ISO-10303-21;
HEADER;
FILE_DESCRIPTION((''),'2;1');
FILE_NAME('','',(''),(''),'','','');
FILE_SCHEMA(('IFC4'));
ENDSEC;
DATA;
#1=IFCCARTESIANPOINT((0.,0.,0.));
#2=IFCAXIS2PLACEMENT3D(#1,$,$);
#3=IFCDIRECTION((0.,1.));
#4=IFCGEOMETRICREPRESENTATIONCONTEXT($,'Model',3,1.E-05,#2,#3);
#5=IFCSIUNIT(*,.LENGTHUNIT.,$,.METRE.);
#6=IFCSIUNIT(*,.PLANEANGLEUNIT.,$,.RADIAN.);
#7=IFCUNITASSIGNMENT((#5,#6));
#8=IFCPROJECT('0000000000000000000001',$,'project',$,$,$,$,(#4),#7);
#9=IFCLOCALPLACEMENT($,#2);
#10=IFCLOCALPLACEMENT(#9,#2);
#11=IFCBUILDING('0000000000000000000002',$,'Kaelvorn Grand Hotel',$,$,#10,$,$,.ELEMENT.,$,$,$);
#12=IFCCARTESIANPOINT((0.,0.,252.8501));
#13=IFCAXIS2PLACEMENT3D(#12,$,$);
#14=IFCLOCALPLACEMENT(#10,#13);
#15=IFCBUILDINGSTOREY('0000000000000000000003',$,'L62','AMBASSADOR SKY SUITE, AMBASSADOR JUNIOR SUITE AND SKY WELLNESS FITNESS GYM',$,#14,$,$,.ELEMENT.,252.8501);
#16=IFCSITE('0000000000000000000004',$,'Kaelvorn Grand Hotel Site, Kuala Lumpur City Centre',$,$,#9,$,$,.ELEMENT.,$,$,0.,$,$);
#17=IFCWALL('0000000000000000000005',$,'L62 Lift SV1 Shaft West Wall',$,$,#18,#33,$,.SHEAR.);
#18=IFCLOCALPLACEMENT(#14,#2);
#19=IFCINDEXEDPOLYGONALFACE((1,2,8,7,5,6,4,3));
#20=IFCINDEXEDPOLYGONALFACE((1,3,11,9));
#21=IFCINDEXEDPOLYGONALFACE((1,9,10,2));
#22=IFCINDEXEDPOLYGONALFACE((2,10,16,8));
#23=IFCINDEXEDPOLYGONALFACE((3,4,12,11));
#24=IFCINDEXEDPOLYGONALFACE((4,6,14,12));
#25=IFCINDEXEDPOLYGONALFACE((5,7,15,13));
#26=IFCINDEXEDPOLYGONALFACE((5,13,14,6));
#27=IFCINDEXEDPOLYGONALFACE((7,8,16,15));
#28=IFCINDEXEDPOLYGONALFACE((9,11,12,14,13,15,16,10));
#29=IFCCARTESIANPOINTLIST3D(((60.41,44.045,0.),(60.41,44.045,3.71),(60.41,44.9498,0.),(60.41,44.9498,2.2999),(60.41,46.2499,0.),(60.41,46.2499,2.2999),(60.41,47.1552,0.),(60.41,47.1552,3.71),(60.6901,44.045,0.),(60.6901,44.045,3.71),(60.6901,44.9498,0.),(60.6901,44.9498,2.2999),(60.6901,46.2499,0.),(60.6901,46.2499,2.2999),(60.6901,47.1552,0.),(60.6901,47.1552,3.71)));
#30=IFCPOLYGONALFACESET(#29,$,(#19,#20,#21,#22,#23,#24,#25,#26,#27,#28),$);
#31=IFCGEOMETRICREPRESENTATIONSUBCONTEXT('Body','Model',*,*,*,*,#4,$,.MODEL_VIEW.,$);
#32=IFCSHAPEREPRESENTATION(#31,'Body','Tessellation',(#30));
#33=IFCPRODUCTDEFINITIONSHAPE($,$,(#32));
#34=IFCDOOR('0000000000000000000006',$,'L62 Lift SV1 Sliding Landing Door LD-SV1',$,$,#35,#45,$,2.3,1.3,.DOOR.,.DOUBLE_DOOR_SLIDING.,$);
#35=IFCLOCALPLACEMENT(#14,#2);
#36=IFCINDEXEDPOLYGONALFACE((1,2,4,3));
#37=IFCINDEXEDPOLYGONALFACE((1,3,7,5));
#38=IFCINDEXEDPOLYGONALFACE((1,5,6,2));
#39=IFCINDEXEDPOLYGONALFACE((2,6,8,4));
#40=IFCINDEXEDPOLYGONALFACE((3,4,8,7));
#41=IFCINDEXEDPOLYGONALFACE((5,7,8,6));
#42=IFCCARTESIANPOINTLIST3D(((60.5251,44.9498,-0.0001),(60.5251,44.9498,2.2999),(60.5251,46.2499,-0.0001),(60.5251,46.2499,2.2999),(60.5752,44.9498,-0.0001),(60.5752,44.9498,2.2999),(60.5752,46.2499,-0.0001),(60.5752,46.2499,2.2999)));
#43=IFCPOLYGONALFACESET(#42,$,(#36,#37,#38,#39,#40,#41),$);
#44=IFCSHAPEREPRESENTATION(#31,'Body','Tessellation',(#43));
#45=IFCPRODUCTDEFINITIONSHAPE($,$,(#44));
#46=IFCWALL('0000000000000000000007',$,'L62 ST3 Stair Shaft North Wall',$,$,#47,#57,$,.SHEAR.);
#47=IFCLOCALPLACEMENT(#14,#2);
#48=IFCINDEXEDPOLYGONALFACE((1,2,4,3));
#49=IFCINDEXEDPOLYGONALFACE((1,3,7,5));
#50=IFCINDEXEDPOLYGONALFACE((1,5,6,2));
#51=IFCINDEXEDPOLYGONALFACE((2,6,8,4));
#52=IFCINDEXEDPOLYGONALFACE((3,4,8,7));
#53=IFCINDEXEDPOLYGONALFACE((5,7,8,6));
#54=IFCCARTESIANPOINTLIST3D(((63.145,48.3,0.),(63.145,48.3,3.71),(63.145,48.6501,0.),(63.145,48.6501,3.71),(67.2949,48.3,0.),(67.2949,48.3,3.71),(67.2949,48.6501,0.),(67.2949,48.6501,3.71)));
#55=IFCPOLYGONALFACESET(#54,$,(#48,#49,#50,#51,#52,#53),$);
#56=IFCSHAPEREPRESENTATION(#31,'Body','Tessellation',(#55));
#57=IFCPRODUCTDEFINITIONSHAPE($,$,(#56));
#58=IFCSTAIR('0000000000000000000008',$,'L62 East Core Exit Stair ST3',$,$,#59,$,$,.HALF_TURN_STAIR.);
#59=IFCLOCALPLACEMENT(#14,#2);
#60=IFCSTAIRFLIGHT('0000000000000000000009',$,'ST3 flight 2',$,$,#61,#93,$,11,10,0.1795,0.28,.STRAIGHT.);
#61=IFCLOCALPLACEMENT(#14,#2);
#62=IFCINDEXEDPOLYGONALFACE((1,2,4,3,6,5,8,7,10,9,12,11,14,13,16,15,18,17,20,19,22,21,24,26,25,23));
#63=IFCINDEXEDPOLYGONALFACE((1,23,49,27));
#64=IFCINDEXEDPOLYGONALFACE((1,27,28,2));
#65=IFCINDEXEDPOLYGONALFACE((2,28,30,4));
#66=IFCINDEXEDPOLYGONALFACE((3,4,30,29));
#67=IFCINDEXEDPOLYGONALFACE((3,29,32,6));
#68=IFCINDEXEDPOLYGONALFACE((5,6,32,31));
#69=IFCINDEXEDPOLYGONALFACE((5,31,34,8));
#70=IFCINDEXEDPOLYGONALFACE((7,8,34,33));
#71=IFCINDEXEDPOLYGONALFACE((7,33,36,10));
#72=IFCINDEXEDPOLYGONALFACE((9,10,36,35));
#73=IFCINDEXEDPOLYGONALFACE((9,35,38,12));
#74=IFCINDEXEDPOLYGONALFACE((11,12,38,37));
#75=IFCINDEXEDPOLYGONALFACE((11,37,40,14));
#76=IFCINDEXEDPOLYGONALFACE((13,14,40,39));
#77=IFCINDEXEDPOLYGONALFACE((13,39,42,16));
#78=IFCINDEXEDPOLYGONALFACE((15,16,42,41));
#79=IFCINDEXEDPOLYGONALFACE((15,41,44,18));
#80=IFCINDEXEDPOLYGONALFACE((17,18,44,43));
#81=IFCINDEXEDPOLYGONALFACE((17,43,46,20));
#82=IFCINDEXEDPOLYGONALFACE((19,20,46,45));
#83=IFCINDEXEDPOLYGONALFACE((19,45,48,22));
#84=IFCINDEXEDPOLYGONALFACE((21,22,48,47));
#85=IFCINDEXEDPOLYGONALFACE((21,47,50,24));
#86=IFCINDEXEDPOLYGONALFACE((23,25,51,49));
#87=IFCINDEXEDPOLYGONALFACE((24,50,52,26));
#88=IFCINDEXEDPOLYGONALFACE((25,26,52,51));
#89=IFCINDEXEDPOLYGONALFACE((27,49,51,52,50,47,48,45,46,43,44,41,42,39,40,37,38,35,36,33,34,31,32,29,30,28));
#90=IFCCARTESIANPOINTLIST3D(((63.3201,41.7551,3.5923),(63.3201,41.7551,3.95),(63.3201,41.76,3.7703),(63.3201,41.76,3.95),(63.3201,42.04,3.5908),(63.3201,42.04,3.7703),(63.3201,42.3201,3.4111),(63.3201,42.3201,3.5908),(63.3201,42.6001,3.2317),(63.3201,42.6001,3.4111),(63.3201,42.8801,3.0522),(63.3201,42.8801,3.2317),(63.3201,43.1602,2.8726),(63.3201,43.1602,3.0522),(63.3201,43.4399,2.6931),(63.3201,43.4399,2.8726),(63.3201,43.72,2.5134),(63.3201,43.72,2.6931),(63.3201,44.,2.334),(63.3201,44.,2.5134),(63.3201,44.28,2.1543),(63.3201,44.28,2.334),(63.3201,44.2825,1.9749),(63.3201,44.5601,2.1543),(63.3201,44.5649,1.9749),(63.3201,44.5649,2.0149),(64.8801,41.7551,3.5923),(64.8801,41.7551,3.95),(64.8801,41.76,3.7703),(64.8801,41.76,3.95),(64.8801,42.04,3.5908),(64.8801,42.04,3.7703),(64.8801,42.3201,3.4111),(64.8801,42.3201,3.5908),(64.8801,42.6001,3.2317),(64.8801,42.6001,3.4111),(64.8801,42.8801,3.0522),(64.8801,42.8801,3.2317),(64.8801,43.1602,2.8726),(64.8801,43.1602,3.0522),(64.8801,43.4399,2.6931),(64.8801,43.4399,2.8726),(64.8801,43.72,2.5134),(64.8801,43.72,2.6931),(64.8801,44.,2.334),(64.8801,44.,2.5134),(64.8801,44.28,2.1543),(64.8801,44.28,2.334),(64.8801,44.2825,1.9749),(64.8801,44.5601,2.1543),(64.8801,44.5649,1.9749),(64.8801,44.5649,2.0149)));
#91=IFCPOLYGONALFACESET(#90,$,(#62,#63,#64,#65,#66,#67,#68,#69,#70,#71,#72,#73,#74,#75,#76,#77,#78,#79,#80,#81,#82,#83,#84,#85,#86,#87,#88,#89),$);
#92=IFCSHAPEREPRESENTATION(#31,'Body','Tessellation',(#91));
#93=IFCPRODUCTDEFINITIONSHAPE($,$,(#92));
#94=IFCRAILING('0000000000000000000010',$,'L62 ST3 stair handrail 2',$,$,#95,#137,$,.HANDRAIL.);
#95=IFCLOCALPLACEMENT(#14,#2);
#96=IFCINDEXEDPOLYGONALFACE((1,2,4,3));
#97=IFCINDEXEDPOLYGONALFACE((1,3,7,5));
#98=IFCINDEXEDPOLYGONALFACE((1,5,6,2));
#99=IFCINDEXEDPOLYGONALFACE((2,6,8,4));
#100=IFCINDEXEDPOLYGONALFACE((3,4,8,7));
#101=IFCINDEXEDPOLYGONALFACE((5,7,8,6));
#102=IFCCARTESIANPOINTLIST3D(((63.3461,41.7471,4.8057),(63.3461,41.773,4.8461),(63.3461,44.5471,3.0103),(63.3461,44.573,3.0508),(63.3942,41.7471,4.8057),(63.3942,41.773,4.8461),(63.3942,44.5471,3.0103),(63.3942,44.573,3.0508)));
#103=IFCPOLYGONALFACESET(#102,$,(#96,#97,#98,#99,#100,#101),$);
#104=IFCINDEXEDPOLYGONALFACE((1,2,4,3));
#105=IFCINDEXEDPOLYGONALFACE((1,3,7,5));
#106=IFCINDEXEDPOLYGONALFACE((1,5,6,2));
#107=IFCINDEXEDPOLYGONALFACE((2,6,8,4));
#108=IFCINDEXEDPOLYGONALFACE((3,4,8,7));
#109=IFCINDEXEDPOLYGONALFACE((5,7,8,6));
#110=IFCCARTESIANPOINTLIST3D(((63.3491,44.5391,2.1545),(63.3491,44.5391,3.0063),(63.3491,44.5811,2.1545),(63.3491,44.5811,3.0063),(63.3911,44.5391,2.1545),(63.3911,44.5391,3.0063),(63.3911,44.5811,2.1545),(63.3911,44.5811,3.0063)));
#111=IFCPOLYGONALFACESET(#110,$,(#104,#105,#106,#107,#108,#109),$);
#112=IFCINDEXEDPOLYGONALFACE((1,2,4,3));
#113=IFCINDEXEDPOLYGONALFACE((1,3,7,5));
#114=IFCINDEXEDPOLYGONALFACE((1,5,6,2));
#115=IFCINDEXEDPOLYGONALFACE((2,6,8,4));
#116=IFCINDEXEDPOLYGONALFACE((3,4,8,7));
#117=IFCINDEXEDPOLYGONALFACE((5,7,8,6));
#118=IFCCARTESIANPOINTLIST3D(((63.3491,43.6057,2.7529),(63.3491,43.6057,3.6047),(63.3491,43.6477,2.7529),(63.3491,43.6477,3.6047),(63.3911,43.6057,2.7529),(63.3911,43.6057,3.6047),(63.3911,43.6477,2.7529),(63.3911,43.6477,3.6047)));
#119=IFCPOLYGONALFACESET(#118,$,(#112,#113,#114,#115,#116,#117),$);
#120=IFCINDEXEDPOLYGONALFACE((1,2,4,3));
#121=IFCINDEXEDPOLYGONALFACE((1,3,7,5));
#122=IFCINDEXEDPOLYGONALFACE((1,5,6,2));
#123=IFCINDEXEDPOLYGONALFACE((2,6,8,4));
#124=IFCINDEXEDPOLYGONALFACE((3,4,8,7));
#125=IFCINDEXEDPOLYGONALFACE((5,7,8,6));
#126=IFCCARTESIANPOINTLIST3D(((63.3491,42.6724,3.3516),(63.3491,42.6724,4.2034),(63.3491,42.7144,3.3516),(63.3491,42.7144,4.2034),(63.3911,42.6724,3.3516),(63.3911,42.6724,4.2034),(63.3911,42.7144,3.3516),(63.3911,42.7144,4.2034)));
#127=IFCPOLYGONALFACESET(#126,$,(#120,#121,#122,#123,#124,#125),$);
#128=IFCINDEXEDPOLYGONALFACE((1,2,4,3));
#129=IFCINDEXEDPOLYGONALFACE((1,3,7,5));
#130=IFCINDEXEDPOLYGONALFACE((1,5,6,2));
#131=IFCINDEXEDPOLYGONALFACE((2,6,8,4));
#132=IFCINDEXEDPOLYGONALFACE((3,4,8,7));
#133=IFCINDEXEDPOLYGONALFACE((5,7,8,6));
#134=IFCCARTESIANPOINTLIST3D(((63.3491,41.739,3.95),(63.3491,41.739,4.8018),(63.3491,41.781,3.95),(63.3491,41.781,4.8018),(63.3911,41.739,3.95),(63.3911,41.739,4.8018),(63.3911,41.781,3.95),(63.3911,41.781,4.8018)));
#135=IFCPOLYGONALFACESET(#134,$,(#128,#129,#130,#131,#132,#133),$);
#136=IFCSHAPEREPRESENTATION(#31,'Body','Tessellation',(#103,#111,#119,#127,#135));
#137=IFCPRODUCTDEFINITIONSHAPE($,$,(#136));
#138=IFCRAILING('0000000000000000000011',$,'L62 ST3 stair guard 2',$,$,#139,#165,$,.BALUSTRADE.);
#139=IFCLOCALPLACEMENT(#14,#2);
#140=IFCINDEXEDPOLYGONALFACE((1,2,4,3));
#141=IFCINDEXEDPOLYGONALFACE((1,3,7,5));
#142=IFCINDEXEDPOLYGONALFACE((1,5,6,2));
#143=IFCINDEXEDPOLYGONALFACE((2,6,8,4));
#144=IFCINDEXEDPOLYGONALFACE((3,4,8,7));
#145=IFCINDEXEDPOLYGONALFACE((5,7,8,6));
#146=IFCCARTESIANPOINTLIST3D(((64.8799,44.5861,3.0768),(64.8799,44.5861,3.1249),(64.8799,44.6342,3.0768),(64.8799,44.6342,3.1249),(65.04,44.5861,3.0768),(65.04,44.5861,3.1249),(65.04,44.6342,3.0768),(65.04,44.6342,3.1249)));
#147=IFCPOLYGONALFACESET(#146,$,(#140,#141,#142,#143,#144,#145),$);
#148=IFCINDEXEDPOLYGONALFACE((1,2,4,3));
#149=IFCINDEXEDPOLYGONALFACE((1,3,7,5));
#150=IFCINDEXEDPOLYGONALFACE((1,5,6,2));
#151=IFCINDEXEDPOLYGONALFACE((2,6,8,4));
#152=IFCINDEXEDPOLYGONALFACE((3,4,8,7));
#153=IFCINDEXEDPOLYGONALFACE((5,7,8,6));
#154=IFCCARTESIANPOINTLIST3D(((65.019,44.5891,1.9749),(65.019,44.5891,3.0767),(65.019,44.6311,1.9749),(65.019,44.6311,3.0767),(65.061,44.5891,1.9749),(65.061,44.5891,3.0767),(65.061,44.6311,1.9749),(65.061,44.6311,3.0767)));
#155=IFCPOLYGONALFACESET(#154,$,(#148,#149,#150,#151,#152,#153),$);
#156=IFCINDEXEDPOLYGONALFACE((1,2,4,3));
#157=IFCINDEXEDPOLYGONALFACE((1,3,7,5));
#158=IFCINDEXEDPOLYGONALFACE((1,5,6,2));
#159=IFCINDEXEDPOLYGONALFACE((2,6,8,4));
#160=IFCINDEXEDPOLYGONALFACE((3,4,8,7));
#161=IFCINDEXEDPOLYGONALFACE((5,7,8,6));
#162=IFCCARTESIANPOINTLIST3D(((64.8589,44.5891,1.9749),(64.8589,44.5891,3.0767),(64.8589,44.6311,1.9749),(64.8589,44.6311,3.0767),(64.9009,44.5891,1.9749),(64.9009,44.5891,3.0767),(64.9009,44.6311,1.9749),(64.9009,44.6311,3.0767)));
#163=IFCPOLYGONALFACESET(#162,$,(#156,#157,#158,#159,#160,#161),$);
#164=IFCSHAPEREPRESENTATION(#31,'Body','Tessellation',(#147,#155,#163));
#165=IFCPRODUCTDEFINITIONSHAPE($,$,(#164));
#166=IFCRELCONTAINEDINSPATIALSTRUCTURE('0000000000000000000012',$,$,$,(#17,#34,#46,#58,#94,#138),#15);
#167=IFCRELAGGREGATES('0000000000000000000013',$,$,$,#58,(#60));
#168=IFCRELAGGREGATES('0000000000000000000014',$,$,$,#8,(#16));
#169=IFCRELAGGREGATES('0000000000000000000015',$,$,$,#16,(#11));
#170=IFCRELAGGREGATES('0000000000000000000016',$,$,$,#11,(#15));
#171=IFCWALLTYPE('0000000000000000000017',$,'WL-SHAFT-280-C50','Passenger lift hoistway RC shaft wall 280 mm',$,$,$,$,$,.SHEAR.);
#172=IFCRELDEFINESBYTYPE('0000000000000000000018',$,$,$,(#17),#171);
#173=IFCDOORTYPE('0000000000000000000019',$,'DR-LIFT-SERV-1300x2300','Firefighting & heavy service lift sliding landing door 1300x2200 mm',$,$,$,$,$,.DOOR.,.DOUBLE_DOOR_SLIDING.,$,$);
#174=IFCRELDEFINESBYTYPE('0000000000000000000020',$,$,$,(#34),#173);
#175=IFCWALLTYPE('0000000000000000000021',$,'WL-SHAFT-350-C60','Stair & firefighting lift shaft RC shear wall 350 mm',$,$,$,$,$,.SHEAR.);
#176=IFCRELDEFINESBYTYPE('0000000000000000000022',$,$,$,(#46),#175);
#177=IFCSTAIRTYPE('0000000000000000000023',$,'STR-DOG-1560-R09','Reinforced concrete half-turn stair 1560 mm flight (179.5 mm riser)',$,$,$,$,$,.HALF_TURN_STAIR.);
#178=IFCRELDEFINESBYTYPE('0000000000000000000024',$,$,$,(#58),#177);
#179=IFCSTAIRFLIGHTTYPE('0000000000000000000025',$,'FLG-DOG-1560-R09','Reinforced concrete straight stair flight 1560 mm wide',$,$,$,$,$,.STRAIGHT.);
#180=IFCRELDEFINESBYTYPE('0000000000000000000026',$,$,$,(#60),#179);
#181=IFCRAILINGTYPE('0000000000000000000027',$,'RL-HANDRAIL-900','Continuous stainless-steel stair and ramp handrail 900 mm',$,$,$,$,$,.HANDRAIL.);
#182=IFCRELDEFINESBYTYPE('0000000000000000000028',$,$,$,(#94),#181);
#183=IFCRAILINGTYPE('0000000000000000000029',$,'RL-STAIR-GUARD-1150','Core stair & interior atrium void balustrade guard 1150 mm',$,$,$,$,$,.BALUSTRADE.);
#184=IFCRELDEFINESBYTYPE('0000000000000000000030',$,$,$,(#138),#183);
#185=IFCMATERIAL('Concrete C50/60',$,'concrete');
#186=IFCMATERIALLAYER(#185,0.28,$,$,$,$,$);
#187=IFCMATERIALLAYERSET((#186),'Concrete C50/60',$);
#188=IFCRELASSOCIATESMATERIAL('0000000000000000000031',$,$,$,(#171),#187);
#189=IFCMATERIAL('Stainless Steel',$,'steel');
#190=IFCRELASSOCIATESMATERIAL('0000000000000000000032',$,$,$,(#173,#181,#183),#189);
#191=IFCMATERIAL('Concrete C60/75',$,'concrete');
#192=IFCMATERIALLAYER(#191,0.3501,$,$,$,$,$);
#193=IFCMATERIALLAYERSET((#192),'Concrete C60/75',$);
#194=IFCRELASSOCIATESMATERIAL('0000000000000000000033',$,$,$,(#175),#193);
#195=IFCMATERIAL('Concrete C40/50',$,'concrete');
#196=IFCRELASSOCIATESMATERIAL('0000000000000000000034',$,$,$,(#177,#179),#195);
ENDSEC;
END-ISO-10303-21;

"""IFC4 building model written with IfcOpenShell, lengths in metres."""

from ifc_helpers import new_model, si_unit, direction, frame, frame_2d, origin, origin_2d, place, context, subcontext, project, spatial, polyline, rectangle, outline, extrude, material, layer, layer_set, type_object, element, fill, aggregate, save


model = new_model("IFC4")

# Units and contexts
model_context = context("Model", 3, precision=1e-05, world=origin(), true_north=direction((0.0, 1.0)))
body_context = subcontext(model_context, "Body", "Model", "MODEL_VIEW")
ifc_project = project(units=[si_unit("LENGTHUNIT", "METRE"), si_unit("PLANEANGLEUNIT", "RADIAN")], contexts=[model_context])

# Site, building, storey
site_placement = place(None, origin())
site = spatial("IfcSite", under=ifc_project, at=site_placement, Name="Kaelvorn Grand Hotel Site, Kuala Lumpur City Centre", CompositionType="ELEMENT", RefElevation=0.0)
building_placement = place(site_placement, origin())
building = spatial("IfcBuilding", under=site, at=building_placement, Name="Kaelvorn Grand Hotel", CompositionType="ELEMENT")
storey_placement = place(building_placement, frame((0.0, 0.0, 252.8501)))
storey = spatial("IfcBuildingStorey", under=building, at=storey_placement, Name="L62", Description="AMBASSADOR SKY SUITE, AMBASSADOR JUNIOR SUITE AND SKY WELLNESS FITNESS GYM", CompositionType="ELEMENT", Elevation=252.8501)

# Shared definitions
ifc_material_1 = material(Name="Concrete C60/75", Category="concrete")
ifc_material_2 = material(Name="Concrete C50/60", Category="concrete")

# Shared definitions
ifc_material_3 = material(Name="Concrete C40/50", Category="concrete")

# Shared definitions
ifc_layer_1 = layer(ifc_material_2, 0.28)
ifc_layer_set_1 = layer_set([ifc_layer_1], Name="Concrete C50/60")
wall_type_1 = type_object("IfcWallType", Name="WL-SHAFT-280-C50", Description="Passenger lift hoistway RC shaft wall 280 mm", PredefinedType="SHEAR", material=ifc_layer_set_1)

# Wall, opening, door
wall_1_placement = place(storey_placement, frame((60.55, 44.0449, 0.0), z_axis=(0.0, 0.0, 1.0), x_axis=(0.0, 1.0, 0.0)))
wall_1 = element("IfcWall", 1, at=wall_1_placement, inside=storey, type_object=wall_type_1, Name="L62 Lift SV1 Shaft West Wall", PredefinedType="SHEAR", context=body_context, shape_type="SweptSolid", body=[
    extrude(rectangle(XDim=3.1101, YDim=0.28, at=frame_2d((1.5552, 0.0))), origin(), (0.0, 0.0, 1.0), 3.71),
])
opening_1_placement = place(wall_1_placement, frame((0.905, 0.0, 0.0)))
opening_1 = element("IfcOpeningElement", 2, at=opening_1_placement, cuts=wall_1, PredefinedType="OPENING", context=body_context, shape_type="SweptSolid", body=[
    extrude(rectangle(XDim=1.3, YDim=2.3, at=frame_2d((0.6499, 1.1499))), frame((0.0, 0.1499, 0.0), z_axis=(0.0, -1.0, 0.0), x_axis=(1.0, 0.0, 0.0)), (0.0, 0.0, 1.0), 0.3),
])
ifc_material_4 = material(Name="Stainless Steel", Category="steel")
door_type = type_object("IfcDoorType", Name="DR-LIFT-SERV-1300x2300", Description="Firefighting & heavy service lift sliding landing door 1300x2200 mm", OperationType="DOUBLE_DOOR_SLIDING", PredefinedType="DOOR", material=ifc_material_4)
door_placement = place(opening_1_placement, origin())
door = element("IfcDoor", 3, at=door_placement, inside=storey, type_object=door_type, Name="L62 Lift SV1 Sliding Landing Door LD-SV1", OperationType="DOUBLE_DOOR_SLIDING", OverallHeight=2.3, OverallWidth=1.3, PredefinedType="DOOR", context=body_context, shape_type="SweptSolid", body=[
    extrude(rectangle(XDim=1.3, YDim=2.3, at=frame_2d((0.6499, 1.1499))), frame((0.0, 0.0249, 0.0), z_axis=(0.0, -1.0, 0.0), x_axis=(1.0, 0.0, 0.0)), (0.0, 0.0, 1.0), 0.05),
])
fill(opening_1, door)

# Wall
ifc_layer_2 = layer(ifc_material_1, 0.3501)
ifc_layer_set_2 = layer_set([ifc_layer_2], Name="Concrete C60/75")
wall_type_2 = type_object("IfcWallType", Name="WL-SHAFT-350-C60", Description="Stair & firefighting lift shaft RC shear wall 350 mm", PredefinedType="SHEAR", material=ifc_layer_set_2)
wall_2_placement = place(storey_placement, frame((63.145, 48.4751, 0.0), z_axis=(0.0, 0.0, 1.0), x_axis=(1.0, 0.0, 0.0)))
element("IfcWall", 4, at=wall_2_placement, inside=storey, type_object=wall_type_2, Name="L62 ST3 Stair Shaft North Wall", PredefinedType="SHEAR", context=body_context, shape_type="SweptSolid", body=[
    extrude(rectangle(XDim=4.1499, YDim=0.3501, at=frame_2d((2.075, 0.0))), origin(), (0.0, 0.0, 1.0), 3.71),
])

# Stair, stair flight
stair_type = type_object("IfcStairType", Name="STR-DOG-1560-R09", Description="Reinforced concrete half-turn stair 1560 mm flight (179.5 mm riser)", PredefinedType="HALF_TURN_STAIR", material=ifc_material_3)
stair_placement = place(storey_placement, origin())
stair = element("IfcStair", 5, at=stair_placement, inside=storey, type_object=stair_type, Name="L62 East Core Exit Stair ST3", PredefinedType="HALF_TURN_STAIR")
stair_flight_type = type_object("IfcStairFlightType", Name="FLG-DOG-1560-R09", Description="Reinforced concrete straight stair flight 1560 mm wide", PredefinedType="STRAIGHT", material=ifc_material_3)
stair_flight_placement = place(storey_placement, frame((64.1001, 44.5601, 1.9749), z_axis=(0.0, 0.0, 1.0), x_axis=(0.0, -1.0, 0.0)))
stair_flight = element("IfcStairFlight", 6, at=stair_flight_placement, type_object=stair_flight_type, Name="ST3 flight 2", NumberOfRisers=11, NumberOfTreads=10, PredefinedType="STRAIGHT", RiserHeight=0.1795, TreadLength=0.28, context=body_context, shape_type="SweptSolid", body=[
    extrude(outline(polyline([(-0.0049, 0.0), (-0.0049, 0.04), (0.0, 0.1794), (0.28, 0.1794), (0.28, 0.3591), (0.5601, 0.3591), (0.5601, 0.5386), (0.8401, 0.5386), (0.8401, 0.7183), (1.1201, 0.7183), (1.1201, 0.8977), (1.3999, 0.8977), (1.3999, 1.0774), (1.6799, 1.0774), (1.6799, 1.2568), (1.96, 1.2568), (1.96, 1.4363), (2.24, 1.4363), (2.24, 1.616), (2.52, 1.616), (2.52, 1.7954), (2.8, 1.7954), (2.8, 1.9751), (2.8049, 1.9751), (2.8049, 1.6174), (0.2776, 0.0), (-0.0049, 0.0)])), frame((0.0, 0.78, 0.0), z_axis=(0.0, -1.0, 0.0), x_axis=(1.0, 0.0, 0.0)), (0.0, 0.0, 1.0), 1.5601),
])
aggregate(stair, [stair_flight])

# Railings
railing_type_1 = type_object("IfcRailingType", Name="RL-HANDRAIL-900", Description="Continuous stainless-steel stair and ramp handrail 900 mm", PredefinedType="HANDRAIL", material=ifc_material_4)
railing_1_placement = place(storey_placement, frame((63.3701, 44.5601, 2.1545)))
element("IfcRailing", 7, at=railing_1_placement, inside=storey, type_object=railing_type_1, Name="L62 ST3 stair handrail 2", PredefinedType="HANDRAIL", context=body_context, shape_type="SweptSolid", body=[
    extrude(rectangle(XDim=0.0481, YDim=0.0481, at=origin_2d()), frame((0.0, 0.0, 0.876), z_axis=(0.0, -0.84181, 0.539774), x_axis=(1.0, 0.0, 0.0)), (0.0, 0.0, 1.0), 3.3262),
    extrude(rectangle(XDim=0.042, YDim=0.042, at=origin_2d()), origin(), (0.0, 0.0, 1.0), 0.8518),
    extrude(rectangle(XDim=0.042, YDim=0.042, at=origin_2d()), frame((0.0, -0.9333, 0.5984)), (0.0, 0.0, 1.0), 0.8518),
    extrude(rectangle(XDim=0.042, YDim=0.042, at=origin_2d()), frame((0.0, -1.8667, 1.197)), (0.0, 0.0, 1.0), 0.8518),
    extrude(rectangle(XDim=0.042, YDim=0.042, at=origin_2d()), frame((0.0, -2.8, 1.7954)), (0.0, 0.0, 1.0), 0.8518),
])
railing_type_2 = type_object("IfcRailingType", Name="RL-STAIR-GUARD-1150", Description="Core stair & interior atrium void balustrade guard 1150 mm", PredefinedType="BALUSTRADE", material=ifc_material_4)
railing_2_placement = place(storey_placement, frame((65.04, 44.6101, 1.9749)))
element("IfcRailing", 8, at=railing_2_placement, inside=storey, type_object=railing_type_2, Name="L62 ST3 stair guard 2", PredefinedType="BALUSTRADE", context=body_context, shape_type="SweptSolid", body=[
    extrude(rectangle(XDim=0.0481, YDim=0.0481, at=origin_2d()), frame((0.0, 0.0, 1.126), z_axis=(-1.0, 0.0, 0.0), x_axis=(0.0, -1.0, 0.0)), (0.0, 0.0, 1.0), 0.1602),
    extrude(rectangle(XDim=0.042, YDim=0.042, at=origin_2d()), origin(), (0.0, 0.0, 1.0), 1.1018),
    extrude(rectangle(XDim=0.042, YDim=0.042, at=origin_2d()), frame((-0.1602, 0.0, 0.0)), (0.0, 0.0, 1.0), 1.1018),
])

save(model, "model.ifc")
